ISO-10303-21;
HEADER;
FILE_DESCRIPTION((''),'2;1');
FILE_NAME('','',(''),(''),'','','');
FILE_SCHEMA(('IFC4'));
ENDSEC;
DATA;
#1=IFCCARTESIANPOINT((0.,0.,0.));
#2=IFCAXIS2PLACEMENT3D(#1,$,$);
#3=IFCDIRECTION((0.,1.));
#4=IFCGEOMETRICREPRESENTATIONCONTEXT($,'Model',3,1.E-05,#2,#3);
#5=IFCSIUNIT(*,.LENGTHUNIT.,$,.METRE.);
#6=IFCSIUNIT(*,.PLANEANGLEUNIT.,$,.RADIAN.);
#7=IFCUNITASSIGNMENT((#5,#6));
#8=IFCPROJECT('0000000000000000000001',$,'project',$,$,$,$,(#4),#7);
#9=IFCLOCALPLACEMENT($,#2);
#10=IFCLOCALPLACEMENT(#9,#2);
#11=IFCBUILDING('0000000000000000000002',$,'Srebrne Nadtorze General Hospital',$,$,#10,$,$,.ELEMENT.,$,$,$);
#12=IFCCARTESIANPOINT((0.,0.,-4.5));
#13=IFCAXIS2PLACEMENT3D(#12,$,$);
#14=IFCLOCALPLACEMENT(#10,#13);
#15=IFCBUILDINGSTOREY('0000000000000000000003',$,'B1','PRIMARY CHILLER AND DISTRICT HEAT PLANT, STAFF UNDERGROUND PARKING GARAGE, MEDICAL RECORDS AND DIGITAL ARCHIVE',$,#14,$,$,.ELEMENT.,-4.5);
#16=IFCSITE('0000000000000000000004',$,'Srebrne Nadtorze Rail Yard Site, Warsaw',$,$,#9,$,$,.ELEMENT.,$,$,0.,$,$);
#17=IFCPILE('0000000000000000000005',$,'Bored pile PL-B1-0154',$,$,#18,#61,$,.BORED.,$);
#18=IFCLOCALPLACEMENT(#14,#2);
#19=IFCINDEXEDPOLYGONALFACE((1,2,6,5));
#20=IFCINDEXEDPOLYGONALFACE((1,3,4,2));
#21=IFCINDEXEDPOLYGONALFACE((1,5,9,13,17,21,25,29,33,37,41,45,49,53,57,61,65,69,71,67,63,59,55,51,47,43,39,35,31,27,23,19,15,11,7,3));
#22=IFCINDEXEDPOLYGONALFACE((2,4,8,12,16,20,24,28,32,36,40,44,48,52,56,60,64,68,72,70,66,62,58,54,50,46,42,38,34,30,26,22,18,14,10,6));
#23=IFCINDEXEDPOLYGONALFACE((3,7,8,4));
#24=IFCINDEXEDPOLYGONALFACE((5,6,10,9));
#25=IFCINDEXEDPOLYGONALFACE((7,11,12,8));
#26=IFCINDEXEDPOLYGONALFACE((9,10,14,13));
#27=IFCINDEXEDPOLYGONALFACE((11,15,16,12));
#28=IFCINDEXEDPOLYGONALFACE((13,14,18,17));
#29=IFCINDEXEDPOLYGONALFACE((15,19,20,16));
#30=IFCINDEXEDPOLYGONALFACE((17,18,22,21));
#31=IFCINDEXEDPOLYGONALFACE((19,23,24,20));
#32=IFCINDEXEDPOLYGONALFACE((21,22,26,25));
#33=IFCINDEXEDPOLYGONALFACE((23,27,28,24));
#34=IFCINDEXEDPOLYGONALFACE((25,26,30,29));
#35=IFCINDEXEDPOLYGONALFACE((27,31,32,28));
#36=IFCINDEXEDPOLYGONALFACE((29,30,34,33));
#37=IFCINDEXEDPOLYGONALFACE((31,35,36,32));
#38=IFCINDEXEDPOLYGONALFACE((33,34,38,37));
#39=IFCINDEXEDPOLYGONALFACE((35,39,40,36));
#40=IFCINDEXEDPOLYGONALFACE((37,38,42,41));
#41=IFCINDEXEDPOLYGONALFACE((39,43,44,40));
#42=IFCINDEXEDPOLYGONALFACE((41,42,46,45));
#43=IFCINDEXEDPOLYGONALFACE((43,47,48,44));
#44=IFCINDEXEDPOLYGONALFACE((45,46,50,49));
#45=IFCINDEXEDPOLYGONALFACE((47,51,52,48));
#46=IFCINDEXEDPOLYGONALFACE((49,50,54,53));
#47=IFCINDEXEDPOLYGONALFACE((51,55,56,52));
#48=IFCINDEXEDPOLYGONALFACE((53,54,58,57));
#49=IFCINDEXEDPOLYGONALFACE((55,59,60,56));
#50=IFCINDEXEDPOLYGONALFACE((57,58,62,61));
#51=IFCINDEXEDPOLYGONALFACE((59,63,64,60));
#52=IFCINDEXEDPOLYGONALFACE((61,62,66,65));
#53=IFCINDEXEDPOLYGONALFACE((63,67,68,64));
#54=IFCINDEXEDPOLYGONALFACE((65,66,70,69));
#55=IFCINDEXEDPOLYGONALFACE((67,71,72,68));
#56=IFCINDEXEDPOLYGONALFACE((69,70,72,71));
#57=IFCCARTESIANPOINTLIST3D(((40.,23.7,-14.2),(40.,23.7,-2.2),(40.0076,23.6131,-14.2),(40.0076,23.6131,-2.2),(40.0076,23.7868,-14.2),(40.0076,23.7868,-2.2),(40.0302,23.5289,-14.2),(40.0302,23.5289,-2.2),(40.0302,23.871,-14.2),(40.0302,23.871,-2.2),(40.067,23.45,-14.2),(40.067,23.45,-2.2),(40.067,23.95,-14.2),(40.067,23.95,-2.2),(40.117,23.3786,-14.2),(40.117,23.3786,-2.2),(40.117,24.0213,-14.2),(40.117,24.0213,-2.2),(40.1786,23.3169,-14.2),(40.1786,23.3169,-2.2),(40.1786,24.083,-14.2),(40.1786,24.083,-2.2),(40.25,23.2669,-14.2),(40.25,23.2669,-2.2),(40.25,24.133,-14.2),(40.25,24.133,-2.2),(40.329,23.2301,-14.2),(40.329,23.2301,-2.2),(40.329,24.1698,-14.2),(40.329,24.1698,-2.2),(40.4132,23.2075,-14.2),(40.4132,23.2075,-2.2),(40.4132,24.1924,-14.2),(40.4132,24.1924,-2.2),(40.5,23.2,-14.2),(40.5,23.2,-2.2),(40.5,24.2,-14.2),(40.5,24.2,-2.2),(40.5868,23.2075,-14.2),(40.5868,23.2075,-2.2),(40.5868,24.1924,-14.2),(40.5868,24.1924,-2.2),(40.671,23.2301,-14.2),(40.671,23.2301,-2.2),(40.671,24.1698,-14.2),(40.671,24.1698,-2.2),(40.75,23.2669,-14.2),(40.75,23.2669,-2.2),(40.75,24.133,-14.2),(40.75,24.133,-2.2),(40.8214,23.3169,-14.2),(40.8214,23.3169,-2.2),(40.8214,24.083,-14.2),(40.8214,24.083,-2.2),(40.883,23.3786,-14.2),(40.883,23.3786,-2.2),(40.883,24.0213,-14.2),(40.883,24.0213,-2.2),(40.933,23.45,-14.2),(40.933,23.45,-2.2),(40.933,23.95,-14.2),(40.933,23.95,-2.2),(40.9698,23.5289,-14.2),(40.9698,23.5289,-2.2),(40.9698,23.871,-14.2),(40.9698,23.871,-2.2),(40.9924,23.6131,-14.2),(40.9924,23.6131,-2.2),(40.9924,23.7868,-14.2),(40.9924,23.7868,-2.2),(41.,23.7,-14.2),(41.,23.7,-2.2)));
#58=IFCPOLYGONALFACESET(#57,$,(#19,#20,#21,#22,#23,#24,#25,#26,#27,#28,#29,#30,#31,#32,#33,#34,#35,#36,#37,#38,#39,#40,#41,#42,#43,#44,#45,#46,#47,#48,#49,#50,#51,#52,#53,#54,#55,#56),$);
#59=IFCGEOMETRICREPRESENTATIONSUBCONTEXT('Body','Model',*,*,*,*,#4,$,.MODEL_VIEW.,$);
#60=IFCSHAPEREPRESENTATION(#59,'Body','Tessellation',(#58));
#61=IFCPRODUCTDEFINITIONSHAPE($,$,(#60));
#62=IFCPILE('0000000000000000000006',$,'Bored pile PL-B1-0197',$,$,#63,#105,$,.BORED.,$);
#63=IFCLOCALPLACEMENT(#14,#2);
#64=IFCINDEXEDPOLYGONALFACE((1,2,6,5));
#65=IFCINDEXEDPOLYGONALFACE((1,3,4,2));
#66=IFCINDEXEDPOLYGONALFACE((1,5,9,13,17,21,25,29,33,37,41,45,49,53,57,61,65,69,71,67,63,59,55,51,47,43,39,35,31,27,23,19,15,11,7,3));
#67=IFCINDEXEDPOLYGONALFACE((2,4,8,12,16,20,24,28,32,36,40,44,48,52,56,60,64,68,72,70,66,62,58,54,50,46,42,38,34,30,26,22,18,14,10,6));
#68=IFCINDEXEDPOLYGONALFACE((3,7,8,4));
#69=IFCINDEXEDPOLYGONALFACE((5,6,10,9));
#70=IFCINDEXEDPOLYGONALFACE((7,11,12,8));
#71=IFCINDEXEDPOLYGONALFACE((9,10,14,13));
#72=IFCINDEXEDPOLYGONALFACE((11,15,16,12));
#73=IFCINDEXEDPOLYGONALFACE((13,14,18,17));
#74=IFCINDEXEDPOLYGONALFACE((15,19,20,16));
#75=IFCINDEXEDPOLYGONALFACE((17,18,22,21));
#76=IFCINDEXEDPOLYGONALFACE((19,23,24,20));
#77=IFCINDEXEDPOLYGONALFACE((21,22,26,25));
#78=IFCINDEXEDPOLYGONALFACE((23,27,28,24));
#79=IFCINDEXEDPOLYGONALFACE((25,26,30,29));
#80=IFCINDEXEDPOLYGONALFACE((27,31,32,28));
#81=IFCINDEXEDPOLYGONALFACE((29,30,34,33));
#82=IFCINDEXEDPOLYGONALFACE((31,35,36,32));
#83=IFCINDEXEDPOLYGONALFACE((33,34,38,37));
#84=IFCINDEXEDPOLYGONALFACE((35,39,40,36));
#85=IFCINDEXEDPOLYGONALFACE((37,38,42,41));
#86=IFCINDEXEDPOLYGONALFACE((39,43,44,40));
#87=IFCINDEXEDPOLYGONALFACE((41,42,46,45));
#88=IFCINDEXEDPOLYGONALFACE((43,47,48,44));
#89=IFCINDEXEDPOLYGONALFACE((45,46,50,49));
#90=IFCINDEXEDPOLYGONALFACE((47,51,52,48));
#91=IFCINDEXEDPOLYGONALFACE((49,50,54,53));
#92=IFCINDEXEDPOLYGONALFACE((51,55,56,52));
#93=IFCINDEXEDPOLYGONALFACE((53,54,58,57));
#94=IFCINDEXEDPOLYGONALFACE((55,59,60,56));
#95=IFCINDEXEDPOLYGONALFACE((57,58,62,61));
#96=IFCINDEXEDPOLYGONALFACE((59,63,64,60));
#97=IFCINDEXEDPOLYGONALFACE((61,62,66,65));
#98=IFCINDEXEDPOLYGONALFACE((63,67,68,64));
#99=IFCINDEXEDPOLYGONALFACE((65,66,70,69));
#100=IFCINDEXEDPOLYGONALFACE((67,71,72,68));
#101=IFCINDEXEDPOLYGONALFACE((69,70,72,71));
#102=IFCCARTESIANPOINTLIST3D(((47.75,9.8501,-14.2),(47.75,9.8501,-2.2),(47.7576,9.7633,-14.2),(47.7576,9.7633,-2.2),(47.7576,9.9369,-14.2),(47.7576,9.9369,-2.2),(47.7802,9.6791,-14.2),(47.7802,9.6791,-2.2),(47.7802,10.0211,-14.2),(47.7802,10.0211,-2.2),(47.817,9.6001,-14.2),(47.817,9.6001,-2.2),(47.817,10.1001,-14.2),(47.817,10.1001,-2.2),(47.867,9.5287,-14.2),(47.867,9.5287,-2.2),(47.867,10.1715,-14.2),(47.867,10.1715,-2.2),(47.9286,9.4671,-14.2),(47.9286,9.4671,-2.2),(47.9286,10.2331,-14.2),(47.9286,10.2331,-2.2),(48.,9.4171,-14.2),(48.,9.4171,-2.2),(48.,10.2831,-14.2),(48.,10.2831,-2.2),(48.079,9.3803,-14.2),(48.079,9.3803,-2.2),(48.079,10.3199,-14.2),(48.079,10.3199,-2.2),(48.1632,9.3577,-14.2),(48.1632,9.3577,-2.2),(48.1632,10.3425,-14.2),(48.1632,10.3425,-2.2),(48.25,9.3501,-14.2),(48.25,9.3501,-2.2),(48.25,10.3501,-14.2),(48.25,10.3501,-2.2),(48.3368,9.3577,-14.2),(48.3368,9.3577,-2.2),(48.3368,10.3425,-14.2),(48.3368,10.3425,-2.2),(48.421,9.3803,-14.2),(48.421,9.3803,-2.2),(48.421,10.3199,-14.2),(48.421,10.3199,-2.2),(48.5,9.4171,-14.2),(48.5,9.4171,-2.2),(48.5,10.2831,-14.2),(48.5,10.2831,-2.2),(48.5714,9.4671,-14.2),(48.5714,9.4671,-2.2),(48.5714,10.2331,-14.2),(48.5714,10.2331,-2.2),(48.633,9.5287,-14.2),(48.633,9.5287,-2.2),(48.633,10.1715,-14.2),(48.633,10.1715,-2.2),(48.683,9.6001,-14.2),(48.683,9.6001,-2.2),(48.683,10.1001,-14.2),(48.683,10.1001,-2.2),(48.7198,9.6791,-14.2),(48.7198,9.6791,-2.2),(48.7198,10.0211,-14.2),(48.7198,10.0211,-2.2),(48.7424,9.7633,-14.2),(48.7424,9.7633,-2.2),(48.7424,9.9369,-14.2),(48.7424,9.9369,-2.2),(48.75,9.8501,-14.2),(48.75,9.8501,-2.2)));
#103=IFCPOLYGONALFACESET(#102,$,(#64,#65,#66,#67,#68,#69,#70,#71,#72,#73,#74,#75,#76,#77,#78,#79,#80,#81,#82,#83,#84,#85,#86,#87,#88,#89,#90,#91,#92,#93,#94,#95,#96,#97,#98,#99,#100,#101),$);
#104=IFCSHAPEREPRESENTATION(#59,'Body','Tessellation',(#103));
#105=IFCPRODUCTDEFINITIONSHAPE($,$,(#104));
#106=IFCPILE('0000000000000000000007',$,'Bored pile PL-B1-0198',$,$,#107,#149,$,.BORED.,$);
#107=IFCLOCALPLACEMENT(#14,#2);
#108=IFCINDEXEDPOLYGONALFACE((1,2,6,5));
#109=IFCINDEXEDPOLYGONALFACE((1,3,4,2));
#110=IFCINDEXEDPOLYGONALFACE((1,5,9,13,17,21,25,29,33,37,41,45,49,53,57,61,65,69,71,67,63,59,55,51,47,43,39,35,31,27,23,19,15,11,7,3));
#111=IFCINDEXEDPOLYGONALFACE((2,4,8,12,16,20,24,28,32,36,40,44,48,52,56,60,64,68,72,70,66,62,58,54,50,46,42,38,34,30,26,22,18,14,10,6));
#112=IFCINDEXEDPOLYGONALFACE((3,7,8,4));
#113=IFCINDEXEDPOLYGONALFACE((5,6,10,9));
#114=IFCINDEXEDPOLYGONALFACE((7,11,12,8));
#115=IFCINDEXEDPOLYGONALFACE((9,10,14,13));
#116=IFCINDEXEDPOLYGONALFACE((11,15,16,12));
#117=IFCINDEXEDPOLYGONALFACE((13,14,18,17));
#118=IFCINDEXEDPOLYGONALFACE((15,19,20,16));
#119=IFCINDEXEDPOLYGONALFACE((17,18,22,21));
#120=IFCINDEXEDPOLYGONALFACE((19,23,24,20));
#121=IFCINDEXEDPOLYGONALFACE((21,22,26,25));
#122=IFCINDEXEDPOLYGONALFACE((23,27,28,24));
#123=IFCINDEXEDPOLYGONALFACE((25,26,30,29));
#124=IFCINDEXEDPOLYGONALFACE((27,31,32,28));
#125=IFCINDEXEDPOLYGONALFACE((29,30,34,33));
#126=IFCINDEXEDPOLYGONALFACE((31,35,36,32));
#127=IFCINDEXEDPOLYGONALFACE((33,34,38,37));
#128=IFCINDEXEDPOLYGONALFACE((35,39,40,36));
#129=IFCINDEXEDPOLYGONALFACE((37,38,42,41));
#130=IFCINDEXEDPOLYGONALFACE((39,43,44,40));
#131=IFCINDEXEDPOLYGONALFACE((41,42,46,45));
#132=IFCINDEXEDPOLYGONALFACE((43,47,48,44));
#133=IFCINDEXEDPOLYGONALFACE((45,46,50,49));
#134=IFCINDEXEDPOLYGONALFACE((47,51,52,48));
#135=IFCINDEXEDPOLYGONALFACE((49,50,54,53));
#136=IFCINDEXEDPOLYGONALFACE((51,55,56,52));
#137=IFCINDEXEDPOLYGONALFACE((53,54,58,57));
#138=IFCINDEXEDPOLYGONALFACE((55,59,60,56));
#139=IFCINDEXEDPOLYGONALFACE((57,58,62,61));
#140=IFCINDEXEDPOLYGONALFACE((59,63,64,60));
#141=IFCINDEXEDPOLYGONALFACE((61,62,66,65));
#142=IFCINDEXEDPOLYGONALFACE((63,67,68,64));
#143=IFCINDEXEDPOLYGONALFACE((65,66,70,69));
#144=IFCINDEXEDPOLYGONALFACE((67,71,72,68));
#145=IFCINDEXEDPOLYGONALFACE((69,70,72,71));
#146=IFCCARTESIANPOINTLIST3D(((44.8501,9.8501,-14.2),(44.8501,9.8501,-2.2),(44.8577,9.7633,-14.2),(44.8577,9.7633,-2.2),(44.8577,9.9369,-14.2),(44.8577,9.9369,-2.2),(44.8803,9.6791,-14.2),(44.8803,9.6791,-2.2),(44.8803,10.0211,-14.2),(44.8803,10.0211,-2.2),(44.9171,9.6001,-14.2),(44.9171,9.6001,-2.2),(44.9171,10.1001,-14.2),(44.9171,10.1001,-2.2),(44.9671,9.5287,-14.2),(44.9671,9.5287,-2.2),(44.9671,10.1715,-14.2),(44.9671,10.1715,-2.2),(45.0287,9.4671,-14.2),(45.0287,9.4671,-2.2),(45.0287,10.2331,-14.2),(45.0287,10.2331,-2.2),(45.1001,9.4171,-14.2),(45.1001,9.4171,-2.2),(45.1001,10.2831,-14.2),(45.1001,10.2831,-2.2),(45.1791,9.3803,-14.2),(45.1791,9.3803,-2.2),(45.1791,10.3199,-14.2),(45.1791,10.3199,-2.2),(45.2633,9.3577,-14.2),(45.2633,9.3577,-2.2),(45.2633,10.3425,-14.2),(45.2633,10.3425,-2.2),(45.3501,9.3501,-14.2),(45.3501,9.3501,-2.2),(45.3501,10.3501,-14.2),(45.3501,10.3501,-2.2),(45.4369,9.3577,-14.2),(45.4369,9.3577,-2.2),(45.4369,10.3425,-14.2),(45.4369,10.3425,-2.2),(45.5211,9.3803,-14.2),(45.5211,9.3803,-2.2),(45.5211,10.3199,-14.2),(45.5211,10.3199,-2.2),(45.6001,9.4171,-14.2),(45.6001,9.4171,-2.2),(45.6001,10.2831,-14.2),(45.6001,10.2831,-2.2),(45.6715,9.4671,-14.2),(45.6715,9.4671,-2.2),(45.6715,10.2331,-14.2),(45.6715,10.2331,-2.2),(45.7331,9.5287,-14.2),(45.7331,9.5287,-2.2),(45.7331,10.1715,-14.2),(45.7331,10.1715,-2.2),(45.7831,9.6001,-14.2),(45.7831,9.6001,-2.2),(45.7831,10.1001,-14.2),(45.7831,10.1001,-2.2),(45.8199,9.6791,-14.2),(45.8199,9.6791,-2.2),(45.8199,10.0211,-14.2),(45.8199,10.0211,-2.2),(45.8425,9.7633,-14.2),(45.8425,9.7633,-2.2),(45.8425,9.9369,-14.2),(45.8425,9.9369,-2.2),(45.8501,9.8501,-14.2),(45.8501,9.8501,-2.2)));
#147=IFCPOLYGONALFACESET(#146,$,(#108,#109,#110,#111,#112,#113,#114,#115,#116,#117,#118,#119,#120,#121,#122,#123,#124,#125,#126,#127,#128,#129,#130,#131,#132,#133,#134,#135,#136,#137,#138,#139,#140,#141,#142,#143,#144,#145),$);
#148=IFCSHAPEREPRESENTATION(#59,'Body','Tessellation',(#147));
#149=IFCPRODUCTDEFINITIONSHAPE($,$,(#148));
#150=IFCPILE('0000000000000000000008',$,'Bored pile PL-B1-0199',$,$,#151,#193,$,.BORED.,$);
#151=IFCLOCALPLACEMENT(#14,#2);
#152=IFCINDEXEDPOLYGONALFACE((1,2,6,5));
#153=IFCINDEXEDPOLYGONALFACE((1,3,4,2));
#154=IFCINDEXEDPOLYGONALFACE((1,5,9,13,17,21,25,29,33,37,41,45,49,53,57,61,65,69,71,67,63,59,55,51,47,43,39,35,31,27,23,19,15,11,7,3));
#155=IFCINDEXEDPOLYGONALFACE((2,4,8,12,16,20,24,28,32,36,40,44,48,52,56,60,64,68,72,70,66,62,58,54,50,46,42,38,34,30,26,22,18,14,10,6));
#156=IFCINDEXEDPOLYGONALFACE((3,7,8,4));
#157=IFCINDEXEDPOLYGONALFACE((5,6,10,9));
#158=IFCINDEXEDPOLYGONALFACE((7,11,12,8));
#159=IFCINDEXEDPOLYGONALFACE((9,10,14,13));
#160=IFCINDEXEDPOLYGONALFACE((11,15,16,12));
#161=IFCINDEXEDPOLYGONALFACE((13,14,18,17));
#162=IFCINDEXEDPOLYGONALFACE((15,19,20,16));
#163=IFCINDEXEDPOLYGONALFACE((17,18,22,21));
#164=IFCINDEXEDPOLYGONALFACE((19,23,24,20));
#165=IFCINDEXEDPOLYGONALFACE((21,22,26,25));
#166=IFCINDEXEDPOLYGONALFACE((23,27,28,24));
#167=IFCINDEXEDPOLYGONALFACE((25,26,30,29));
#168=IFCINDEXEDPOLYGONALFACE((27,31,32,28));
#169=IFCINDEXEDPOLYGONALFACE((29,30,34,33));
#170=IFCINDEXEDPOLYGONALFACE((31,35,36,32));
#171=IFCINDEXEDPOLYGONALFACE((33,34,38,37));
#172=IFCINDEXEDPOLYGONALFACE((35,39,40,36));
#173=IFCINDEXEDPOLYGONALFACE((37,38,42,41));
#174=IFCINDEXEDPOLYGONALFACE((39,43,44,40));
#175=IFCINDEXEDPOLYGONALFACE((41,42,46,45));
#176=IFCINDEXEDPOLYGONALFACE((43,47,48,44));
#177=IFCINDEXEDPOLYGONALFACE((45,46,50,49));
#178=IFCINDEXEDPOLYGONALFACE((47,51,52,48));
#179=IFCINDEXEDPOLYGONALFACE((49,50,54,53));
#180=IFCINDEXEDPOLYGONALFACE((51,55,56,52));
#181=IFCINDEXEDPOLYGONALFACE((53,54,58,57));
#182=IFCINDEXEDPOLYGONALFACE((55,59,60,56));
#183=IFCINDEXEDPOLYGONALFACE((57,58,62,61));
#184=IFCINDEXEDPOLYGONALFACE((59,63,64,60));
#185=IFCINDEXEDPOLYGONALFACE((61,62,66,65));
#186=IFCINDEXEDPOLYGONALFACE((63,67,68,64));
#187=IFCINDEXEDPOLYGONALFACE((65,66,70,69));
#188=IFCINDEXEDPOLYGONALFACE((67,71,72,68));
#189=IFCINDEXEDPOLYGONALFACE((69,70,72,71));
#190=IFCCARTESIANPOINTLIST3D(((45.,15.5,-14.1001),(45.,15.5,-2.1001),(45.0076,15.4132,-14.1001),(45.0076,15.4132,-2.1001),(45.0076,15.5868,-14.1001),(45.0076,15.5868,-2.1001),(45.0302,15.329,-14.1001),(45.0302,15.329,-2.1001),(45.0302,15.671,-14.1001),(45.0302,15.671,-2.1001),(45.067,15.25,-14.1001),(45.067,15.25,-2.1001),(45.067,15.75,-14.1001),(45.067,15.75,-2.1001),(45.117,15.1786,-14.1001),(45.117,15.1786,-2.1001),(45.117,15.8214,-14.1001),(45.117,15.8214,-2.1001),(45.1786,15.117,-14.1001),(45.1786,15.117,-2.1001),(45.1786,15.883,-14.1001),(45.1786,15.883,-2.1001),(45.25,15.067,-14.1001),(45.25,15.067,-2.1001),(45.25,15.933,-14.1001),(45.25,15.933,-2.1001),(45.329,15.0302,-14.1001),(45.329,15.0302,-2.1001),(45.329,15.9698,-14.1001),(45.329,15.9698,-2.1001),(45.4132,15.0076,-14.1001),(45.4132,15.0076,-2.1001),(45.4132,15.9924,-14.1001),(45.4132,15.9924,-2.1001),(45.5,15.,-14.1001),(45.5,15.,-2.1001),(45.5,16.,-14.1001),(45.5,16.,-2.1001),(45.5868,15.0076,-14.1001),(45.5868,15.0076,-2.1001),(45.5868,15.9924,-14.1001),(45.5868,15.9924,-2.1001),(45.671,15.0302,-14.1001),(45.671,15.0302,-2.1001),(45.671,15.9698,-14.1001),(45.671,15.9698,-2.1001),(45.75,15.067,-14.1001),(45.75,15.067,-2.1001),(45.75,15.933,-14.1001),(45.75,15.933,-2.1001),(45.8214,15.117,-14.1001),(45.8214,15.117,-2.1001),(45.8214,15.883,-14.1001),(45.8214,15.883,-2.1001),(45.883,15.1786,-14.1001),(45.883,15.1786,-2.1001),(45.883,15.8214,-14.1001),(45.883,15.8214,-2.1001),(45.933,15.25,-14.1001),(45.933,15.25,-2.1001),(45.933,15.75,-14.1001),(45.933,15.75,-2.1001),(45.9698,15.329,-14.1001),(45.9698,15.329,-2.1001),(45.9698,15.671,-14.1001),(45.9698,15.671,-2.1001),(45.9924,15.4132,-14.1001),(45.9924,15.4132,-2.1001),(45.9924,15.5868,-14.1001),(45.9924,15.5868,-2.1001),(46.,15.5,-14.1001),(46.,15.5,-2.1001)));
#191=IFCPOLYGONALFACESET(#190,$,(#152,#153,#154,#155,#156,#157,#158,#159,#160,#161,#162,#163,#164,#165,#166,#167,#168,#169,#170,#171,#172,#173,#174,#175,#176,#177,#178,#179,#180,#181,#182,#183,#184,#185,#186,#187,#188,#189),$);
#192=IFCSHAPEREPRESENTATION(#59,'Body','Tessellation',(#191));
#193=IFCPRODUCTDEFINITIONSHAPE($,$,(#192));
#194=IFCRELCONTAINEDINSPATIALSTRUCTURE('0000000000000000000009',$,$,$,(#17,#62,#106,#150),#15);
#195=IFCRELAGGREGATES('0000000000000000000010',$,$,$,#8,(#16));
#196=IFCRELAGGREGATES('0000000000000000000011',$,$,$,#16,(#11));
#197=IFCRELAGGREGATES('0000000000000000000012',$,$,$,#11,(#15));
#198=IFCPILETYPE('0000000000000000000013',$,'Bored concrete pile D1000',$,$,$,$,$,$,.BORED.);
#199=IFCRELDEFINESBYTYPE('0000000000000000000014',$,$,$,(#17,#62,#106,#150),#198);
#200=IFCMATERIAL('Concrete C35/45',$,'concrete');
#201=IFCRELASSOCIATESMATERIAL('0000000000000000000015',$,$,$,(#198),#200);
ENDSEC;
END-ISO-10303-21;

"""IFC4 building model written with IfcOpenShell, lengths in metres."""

from ifc_helpers import new_model, si_unit, direction, frame, origin, origin_2d, place, context, subcontext, project, spatial, circle, extrude, material, material_profile, profile_set, type_object, element, save


model = new_model("IFC4")

# Units and contexts
model_context = context("Model", 3, precision=1e-05, world=origin(), true_north=direction((0.0, 1.0)))
body_context = subcontext(model_context, "Body", "Model", "MODEL_VIEW")
ifc_project = project(units=[si_unit("LENGTHUNIT", "METRE"), si_unit("PLANEANGLEUNIT", "RADIAN")], contexts=[model_context])

# Site, building, storey
site_placement = place(None, origin())
site = spatial("IfcSite", under=ifc_project, at=site_placement, Name="Srebrne Nadtorze Rail Yard Site, Warsaw", CompositionType="ELEMENT", RefElevation=0.0)
building_placement = place(site_placement, origin())
building = spatial("IfcBuilding", under=site, at=building_placement, Name="Srebrne Nadtorze General Hospital", CompositionType="ELEMENT")
storey_placement = place(building_placement, frame((0.0, 0.0, -4.5)))
storey = spatial("IfcBuildingStorey", under=building, at=storey_placement, Name="B1", Description="PRIMARY CHILLER AND DISTRICT HEAT PLANT, STAFF UNDERGROUND PARKING GARAGE, MEDICAL RECORDS AND DIGITAL ARCHIVE", CompositionType="ELEMENT", Elevation=-4.5)

# Piles
ifc_material_1 = material(Name="Concrete C35/45", Category="concrete")
ifc_material_profile_1 = material_profile(ifc_material_1, circle(Radius=0.5, at=origin_2d()), Name="PILE-D1000")
ifc_profile_set_1 = profile_set([ifc_material_profile_1], Name="Concrete C35/45")
pile_type_1 = type_object("IfcPileType", Name="Bored concrete pile D1000", PredefinedType="BORED", material=ifc_profile_set_1)
for number, where, z_axis, x_axis, name in (
    (1, (40.5, 23.7, -2.2), (0.0, 0.0, -1.0), (1.0, 0.0, 0.0), "Bored pile PL-B1-0154"),
    (2, (48.25, 9.8501, -2.2), (0.0, 0.0, -1.0), (1.0, 0.0, 0.0), "Bored pile PL-B1-0197"),
    (3, (45.3501, 9.8501, -2.2), (0.0, 0.0, -1.0), (1.0, 0.0, 0.0), "Bored pile PL-B1-0198"),
    (4, (45.5, 15.5, -2.1001), (0.0, 0.0, -1.0), (1.0, 0.0, 0.0), "Bored pile PL-B1-0199"),
):
    element("IfcPile", number, at=place(storey_placement, frame(where, z_axis=z_axis, x_axis=x_axis)), inside=storey, type_object=pile_type_1, Name=name, PredefinedType="BORED", context=body_context, shape_type="SweptSolid", body=[
        extrude(circle(Radius=0.5, at=origin_2d()), origin(), (0.0, 0.0, 1.0), 12.0),
    ])

save(model, "model.ifc")
